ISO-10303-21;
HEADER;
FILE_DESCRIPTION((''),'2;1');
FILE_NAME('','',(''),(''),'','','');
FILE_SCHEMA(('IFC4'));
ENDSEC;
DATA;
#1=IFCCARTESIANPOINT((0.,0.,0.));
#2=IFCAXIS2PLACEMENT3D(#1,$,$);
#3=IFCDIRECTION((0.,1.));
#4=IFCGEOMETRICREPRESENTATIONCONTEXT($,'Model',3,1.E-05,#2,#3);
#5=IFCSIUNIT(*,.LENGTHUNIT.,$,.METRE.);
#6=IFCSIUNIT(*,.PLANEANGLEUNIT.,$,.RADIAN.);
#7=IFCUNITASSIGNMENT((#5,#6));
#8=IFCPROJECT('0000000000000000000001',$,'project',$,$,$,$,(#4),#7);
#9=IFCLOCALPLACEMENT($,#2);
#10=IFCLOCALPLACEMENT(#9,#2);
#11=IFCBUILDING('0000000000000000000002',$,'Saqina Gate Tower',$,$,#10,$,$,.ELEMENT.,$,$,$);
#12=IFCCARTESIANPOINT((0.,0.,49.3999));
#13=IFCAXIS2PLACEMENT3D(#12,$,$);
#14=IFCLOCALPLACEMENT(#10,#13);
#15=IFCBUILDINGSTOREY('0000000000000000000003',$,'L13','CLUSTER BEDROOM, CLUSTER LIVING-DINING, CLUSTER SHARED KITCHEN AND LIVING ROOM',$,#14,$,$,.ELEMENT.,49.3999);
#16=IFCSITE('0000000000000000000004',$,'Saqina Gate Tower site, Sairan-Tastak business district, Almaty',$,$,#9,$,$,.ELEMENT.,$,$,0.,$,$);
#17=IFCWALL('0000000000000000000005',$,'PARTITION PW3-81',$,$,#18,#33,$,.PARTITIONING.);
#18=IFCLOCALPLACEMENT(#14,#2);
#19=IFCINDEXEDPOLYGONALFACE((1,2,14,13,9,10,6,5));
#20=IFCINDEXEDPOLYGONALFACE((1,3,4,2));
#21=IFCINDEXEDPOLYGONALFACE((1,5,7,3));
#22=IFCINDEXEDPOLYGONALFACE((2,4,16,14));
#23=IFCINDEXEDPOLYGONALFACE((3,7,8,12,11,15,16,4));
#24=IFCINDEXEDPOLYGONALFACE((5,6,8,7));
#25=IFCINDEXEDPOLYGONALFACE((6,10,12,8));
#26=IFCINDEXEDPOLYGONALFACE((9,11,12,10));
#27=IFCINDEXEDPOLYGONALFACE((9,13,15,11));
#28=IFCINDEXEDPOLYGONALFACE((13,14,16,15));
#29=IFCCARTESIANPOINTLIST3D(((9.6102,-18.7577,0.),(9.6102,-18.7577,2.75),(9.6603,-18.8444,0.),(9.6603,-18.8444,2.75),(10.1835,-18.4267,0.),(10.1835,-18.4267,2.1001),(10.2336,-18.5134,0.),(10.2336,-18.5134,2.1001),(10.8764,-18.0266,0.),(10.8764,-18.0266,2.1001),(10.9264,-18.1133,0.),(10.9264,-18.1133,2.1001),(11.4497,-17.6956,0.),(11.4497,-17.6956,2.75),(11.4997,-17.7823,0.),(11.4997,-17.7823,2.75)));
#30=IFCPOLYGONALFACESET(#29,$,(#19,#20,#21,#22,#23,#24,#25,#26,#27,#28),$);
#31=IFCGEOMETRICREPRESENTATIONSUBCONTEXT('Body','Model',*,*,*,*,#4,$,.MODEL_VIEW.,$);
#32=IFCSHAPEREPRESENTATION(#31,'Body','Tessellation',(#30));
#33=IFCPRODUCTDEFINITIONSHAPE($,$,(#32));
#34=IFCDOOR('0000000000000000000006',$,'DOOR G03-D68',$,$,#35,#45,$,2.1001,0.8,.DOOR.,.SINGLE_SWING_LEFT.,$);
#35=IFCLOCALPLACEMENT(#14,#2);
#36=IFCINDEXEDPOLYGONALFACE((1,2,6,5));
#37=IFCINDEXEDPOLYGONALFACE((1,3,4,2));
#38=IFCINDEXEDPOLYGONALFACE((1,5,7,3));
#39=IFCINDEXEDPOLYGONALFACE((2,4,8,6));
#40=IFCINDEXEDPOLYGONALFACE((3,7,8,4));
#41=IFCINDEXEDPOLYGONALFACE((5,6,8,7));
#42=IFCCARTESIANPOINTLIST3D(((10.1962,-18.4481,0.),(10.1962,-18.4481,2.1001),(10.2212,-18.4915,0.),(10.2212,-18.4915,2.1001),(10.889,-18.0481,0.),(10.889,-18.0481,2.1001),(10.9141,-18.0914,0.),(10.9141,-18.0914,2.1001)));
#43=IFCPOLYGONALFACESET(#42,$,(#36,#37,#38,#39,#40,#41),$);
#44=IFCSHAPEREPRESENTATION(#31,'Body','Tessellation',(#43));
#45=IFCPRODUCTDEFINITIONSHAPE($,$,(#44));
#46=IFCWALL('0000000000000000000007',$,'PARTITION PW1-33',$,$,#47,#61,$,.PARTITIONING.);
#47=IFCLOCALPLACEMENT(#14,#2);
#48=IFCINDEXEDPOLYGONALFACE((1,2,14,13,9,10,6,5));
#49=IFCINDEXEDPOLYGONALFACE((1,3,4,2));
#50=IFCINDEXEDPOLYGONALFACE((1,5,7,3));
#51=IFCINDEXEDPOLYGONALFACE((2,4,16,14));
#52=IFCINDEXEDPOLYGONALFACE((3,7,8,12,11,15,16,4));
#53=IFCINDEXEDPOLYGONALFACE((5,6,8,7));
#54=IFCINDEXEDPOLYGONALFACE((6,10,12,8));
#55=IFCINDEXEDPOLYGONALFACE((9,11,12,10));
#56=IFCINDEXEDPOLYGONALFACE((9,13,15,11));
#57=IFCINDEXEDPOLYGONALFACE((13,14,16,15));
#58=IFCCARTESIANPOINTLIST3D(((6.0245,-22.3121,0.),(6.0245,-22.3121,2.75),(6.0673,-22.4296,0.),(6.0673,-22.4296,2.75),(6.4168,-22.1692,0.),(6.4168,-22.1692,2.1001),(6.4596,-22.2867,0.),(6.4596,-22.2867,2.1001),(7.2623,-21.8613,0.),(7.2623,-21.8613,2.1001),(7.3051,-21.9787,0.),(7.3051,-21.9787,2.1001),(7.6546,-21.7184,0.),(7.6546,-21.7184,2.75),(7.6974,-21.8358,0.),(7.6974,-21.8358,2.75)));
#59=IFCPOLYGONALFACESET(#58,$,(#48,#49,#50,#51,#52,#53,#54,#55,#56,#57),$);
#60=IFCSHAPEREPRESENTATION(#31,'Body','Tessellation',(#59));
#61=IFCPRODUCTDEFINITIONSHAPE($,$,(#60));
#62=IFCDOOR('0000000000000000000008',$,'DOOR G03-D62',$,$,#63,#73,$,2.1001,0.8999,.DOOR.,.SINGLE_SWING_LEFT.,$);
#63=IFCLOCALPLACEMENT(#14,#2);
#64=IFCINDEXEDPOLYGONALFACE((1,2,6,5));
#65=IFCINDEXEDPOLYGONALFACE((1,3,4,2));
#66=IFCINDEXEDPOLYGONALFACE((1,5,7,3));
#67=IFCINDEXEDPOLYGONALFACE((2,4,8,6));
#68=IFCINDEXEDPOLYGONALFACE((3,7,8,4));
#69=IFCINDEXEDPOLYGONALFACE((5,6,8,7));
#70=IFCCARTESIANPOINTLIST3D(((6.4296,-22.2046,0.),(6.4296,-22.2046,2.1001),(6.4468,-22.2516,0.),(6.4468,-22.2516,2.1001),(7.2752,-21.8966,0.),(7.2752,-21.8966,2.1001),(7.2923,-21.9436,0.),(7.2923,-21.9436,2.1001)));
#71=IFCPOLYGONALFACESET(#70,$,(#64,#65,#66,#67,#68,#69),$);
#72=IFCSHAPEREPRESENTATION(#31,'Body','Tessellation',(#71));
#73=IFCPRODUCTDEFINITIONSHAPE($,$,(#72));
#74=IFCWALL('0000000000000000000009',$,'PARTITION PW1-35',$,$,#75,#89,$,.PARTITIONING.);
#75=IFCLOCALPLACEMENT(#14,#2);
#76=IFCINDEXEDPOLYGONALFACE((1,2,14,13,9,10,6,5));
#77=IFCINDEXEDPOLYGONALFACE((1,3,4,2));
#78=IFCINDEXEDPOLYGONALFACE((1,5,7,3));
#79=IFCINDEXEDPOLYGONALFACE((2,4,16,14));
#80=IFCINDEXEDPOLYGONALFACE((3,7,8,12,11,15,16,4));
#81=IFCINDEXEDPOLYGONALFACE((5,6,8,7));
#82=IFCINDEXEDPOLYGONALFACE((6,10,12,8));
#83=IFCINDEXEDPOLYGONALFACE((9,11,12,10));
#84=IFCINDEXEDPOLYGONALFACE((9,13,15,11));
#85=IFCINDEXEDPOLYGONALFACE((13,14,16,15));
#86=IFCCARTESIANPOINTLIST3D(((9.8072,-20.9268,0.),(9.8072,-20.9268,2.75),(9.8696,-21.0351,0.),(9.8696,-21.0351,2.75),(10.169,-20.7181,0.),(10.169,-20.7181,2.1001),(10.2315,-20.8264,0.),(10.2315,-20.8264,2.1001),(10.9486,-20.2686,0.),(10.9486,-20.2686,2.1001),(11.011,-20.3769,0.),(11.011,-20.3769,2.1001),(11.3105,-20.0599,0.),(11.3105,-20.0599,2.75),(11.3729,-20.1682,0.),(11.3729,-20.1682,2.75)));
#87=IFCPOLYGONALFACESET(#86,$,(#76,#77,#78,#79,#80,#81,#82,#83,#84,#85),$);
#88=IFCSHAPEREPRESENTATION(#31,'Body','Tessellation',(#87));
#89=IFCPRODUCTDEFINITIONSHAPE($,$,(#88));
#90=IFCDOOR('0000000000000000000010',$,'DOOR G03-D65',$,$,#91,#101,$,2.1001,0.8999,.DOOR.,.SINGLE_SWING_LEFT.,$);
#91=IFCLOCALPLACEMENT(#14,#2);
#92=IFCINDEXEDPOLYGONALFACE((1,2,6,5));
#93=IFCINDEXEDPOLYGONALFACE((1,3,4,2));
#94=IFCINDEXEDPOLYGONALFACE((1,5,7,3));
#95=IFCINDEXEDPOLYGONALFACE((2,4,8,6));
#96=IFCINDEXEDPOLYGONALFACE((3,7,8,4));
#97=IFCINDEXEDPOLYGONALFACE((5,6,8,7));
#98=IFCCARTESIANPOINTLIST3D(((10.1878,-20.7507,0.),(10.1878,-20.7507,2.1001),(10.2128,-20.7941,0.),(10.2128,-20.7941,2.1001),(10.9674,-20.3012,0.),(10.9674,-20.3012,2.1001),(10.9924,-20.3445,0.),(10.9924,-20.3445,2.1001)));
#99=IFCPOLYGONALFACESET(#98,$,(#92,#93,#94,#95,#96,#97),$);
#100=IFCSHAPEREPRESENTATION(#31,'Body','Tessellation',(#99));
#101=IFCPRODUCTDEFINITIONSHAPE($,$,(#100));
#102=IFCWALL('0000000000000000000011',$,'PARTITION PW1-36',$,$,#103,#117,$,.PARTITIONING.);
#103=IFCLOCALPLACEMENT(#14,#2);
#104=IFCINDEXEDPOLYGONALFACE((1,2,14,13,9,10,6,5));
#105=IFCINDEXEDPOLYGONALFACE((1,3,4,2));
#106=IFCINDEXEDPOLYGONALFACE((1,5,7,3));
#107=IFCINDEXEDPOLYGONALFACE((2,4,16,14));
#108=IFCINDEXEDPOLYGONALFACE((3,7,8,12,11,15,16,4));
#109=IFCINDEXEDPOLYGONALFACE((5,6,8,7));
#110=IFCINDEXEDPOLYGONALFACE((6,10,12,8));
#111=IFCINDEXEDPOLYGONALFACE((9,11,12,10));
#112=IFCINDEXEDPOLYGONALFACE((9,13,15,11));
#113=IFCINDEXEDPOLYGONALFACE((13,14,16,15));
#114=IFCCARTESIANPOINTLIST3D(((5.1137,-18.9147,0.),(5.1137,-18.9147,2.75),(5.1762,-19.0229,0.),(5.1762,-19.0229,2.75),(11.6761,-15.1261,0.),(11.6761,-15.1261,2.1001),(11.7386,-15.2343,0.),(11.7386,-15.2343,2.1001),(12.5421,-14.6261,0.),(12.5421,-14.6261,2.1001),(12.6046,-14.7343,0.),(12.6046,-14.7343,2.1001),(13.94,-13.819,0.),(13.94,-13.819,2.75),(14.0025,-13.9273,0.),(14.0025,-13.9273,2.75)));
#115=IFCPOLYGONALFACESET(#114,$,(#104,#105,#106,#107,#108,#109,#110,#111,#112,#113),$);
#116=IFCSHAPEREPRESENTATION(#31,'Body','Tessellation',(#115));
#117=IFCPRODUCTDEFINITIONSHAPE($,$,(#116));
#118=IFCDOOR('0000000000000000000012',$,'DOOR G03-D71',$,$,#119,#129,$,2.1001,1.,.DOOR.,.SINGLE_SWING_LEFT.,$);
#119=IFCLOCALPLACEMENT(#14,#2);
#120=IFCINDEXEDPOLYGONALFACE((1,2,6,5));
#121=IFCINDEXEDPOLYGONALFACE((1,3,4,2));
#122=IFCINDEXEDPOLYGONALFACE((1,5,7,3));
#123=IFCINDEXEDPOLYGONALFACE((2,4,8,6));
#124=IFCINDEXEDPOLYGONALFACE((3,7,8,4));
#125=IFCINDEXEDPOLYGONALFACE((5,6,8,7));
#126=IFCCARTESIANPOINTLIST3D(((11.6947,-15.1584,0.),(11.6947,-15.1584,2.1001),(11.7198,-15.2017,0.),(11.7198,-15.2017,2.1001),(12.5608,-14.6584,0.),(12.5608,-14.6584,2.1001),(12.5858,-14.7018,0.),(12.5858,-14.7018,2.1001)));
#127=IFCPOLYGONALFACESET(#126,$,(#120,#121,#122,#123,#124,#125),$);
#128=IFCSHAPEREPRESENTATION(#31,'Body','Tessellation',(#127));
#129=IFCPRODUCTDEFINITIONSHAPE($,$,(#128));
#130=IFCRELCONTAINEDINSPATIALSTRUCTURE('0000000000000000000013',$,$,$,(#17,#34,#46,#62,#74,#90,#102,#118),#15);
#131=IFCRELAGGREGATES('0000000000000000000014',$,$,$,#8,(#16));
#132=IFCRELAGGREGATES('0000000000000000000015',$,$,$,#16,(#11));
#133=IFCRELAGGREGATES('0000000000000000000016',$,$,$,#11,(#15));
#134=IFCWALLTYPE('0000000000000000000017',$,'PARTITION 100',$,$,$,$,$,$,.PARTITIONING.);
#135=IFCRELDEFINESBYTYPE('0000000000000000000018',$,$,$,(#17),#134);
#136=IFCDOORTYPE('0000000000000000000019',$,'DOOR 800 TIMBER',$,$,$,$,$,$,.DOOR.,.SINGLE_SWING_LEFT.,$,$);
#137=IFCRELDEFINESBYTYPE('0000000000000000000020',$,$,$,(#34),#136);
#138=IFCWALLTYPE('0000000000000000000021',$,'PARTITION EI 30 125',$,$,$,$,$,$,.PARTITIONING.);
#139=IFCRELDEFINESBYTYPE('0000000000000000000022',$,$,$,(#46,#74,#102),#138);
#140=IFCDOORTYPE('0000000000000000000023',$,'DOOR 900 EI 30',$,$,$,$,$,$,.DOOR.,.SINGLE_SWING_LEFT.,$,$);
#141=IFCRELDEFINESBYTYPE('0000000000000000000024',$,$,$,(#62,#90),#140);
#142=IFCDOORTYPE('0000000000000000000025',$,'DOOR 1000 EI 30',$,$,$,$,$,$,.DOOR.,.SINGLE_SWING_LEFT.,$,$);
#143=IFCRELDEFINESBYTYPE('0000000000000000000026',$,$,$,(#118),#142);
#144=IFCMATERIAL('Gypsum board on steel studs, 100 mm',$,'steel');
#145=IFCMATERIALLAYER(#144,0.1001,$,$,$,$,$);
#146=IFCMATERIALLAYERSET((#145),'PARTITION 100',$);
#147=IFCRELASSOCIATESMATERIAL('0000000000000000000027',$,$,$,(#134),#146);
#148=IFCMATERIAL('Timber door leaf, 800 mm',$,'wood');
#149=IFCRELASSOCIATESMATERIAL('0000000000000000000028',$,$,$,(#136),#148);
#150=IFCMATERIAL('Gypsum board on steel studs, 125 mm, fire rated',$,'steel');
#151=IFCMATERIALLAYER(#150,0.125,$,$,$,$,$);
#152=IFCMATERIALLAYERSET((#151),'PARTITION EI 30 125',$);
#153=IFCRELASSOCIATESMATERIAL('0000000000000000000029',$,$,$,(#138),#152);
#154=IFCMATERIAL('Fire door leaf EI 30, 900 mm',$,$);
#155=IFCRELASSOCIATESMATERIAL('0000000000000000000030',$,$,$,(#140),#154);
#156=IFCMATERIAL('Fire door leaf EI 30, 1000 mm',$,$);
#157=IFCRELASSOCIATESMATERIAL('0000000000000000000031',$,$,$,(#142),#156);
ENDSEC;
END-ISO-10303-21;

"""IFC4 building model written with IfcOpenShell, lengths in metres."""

from ifc_helpers import new_model, si_unit, direction, frame, frame_2d, origin, place, context, subcontext, project, spatial, rectangle, extrude, material, layer, layer_set, type_object, element, fill, save


model = new_model("IFC4")

# Units and contexts
model_context = context("Model", 3, precision=1e-05, world=origin(), true_north=direction((0.0, 1.0)))
body_context = subcontext(model_context, "Body", "Model", "MODEL_VIEW")
ifc_project = project(units=[si_unit("LENGTHUNIT", "METRE"), si_unit("PLANEANGLEUNIT", "RADIAN")], contexts=[model_context])

# Site, building, storey
site_placement = place(None, origin())
site = spatial("IfcSite", under=ifc_project, at=site_placement, Name="Saqina Gate Tower site, Sairan-Tastak business district, Almaty", CompositionType="ELEMENT", RefElevation=0.0)
building_placement = place(site_placement, origin())
building = spatial("IfcBuilding", under=site, at=building_placement, Name="Saqina Gate Tower", CompositionType="ELEMENT")
storey_placement = place(building_placement, frame((0.0, 0.0, 49.3999)))
storey = spatial("IfcBuildingStorey", under=building, at=storey_placement, Name="L13", Description="CLUSTER BEDROOM, CLUSTER LIVING-DINING, CLUSTER SHARED KITCHEN AND LIVING ROOM", CompositionType="ELEMENT", Elevation=49.3999)

# Shared definitions
ifc_material_1 = material(Name="Gypsum board on steel studs, 100 mm", Category="steel")
ifc_layer_1 = layer(ifc_material_1, 0.1001)
ifc_layer_set_1 = layer_set([ifc_layer_1], Name="PARTITION 100")
wall_type_1 = type_object("IfcWallType", Name="PARTITION 100", PredefinedType="PARTITIONING", material=ifc_layer_set_1)

# Shared definitions
ifc_material_2 = material(Name="Timber door leaf, 800 mm", Category="wood")
door_type_1 = type_object("IfcDoorType", Name="DOOR 800 TIMBER", OperationType="SINGLE_SWING_LEFT", PredefinedType="DOOR", material=ifc_material_2)

# Walls, openings, doors
wall_1_placement = place(storey_placement, frame((9.6353, -18.801, 0.0), z_axis=(0.0, 0.0, 1.0), x_axis=(0.866013, 0.500021, 0.0)))
wall_1 = element("IfcWall", 1, at=wall_1_placement, inside=storey, type_object=wall_type_1, Name="PARTITION PW3-81", PredefinedType="PARTITIONING", context=body_context, shape_type="SweptSolid", body=[
    extrude(rectangle(XDim=2.124, YDim=0.1001, at=frame_2d((1.062, 0.0))), origin(), (0.0, 0.0, 1.0), 2.75),
])
opening_1_placement = place(wall_1_placement, frame((0.6621, 0.0, 0.0)))
opening_1 = element("IfcOpeningElement", 2, at=opening_1_placement, cuts=wall_1, PredefinedType="OPENING", context=body_context, shape_type="SweptSolid", body=[
    extrude(rectangle(XDim=0.8, YDim=2.1001, at=frame_2d((0.3999, 1.05))), frame((0.0, 0.062, 0.0), z_axis=(0.0, -1.0, 0.0), x_axis=(1.0, 0.0, 0.0)), (0.0, 0.0, 1.0), 0.124),
])
door_1_placement = place(opening_1_placement, frame((0.8, 0.0, 0.0), z_axis=(0.0, 0.0, 1.0), x_axis=(-1.0, 0.0, 0.0)))
door_1 = element("IfcDoor", 3, at=door_1_placement, inside=storey, type_object=door_type_1, Name="DOOR G03-D68", OperationType="SINGLE_SWING_LEFT", OverallHeight=2.1001, OverallWidth=0.8, PredefinedType="DOOR", context=body_context, shape_type="SweptSolid", body=[
    extrude(rectangle(XDim=0.8, YDim=2.1001, at=frame_2d((0.3999, 1.05))), frame((0.0, 0.0249, 0.0), z_axis=(0.0, -1.0, 0.0), x_axis=(1.0, 0.0, 0.0)), (0.0, 0.0, 1.0), 0.05),
])
fill(opening_1, door_1)
ifc_material_3 = material(Name="Gypsum board on steel studs, 125 mm, fire rated", Category="steel")
ifc_layer_2 = layer(ifc_material_3, 0.125)
ifc_layer_set_2 = layer_set([ifc_layer_2], Name="PARTITION EI 30 125")
wall_type_2 = type_object("IfcWallType", Name="PARTITION EI 30 125", PredefinedType="PARTITIONING", material=ifc_layer_set_2)
wall_2_placement = place(storey_placement, frame((6.0459, -22.3708, 0.0), z_axis=(0.0, 0.0, 1.0), x_axis=(0.939613, 0.34224, 0.0)))
wall_2 = element("IfcWall", 4, at=wall_2_placement, inside=storey, type_object=wall_type_2, Name="PARTITION PW1-33", PredefinedType="PARTITIONING", context=body_context, shape_type="SweptSolid", body=[
    extrude(rectangle(XDim=1.7349, YDim=0.125, at=frame_2d((0.8674, 0.0))), origin(), (0.0, 0.0, 1.0), 2.75),
])
opening_2_placement = place(wall_2_placement, frame((0.4175, 0.0, 0.0)))
opening_2 = element("IfcOpeningElement", 5, at=opening_2_placement, cuts=wall_2, PredefinedType="OPENING", context=body_context, shape_type="SweptSolid", body=[
    extrude(rectangle(XDim=0.8999, YDim=2.1001, at=frame_2d((0.45, 1.05))), frame((0.0, 0.0745, 0.0), z_axis=(0.0, -1.0, 0.0), x_axis=(1.0, 0.0, 0.0)), (0.0, 0.0, 1.0), 0.1489),
])
ifc_material_4 = material(Name="Fire door leaf EI 30, 900 mm")
door_type_2 = type_object("IfcDoorType", Name="DOOR 900 EI 30", OperationType="SINGLE_SWING_LEFT", PredefinedType="DOOR", material=ifc_material_4)
door_2_placement = place(opening_2_placement, origin())
door_2 = element("IfcDoor", 6, at=door_2_placement, inside=storey, type_object=door_type_2, Name="DOOR G03-D62", OperationType="SINGLE_SWING_LEFT", OverallHeight=2.1001, OverallWidth=0.8999, PredefinedType="DOOR", context=body_context, shape_type="SweptSolid", body=[
    extrude(rectangle(XDim=0.8999, YDim=2.1001, at=frame_2d((0.45, 1.05))), frame((0.0, 0.0249, 0.0), z_axis=(0.0, -1.0, 0.0), x_axis=(1.0, 0.0, 0.0)), (0.0, 0.0, 1.0), 0.05),
])
fill(opening_2, door_2)
wall_3_placement = place(storey_placement, frame((9.8384, -20.981, 0.0), z_axis=(0.0, 0.0, 1.0), x_axis=(0.866289, 0.499544, 0.0)))
wall_3 = element("IfcWall", 7, at=wall_3_placement, inside=storey, type_object=wall_type_2, Name="PARTITION PW1-35", PredefinedType="PARTITIONING", context=body_context, shape_type="SweptSolid", body=[
    extrude(rectangle(XDim=1.7354, YDim=0.125, at=frame_2d((0.8677, 0.0))), origin(), (0.0, 0.0, 1.0), 2.75),
])
opening_3_placement = place(wall_3_placement, frame((0.4177, 0.0, 0.0)))
opening_3 = element("IfcOpeningElement", 8, at=opening_3_placement, cuts=wall_3, PredefinedType="OPENING", context=body_context, shape_type="SweptSolid", body=[
    extrude(rectangle(XDim=0.8999, YDim=2.1001, at=frame_2d((0.45, 1.05))), frame((0.0, 0.0745, 0.0), z_axis=(0.0, -1.0, 0.0), x_axis=(1.0, 0.0, 0.0)), (0.0, 0.0, 1.0), 0.1489),
])
door_3_placement = place(opening_3_placement, origin())
door_3 = element("IfcDoor", 9, at=door_3_placement, inside=storey, type_object=door_type_2, Name="DOOR G03-D65", OperationType="SINGLE_SWING_LEFT", OverallHeight=2.1001, OverallWidth=0.8999, PredefinedType="DOOR", context=body_context, shape_type="SweptSolid", body=[
    extrude(rectangle(XDim=0.8999, YDim=2.1001, at=frame_2d((0.45, 1.05))), frame((0.0, 0.0249, 0.0), z_axis=(0.0, -1.0, 0.0), x_axis=(1.0, 0.0, 0.0)), (0.0, 0.0, 1.0), 0.05),
])
fill(opening_3, door_3)
wall_4_placement = place(storey_placement, frame((5.145, -18.9688, 0.0), z_axis=(0.0, 0.0, 1.0), x_axis=(0.866035, 0.499983, 0.0)))
wall_4 = element("IfcWall", 10, at=wall_4_placement, inside=storey, type_object=wall_type_2, Name="PARTITION PW1-36", PredefinedType="PARTITIONING", context=body_context, shape_type="SweptSolid", body=[
    extrude(rectangle(XDim=10.1917, YDim=0.125, at=frame_2d((5.0957, 0.0))), origin(), (0.0, 0.0, 1.0), 2.75),
])
opening_4_placement = place(wall_4_placement, frame((7.5774, 0.0, 0.0)))
opening_4 = element("IfcOpeningElement", 11, at=opening_4_placement, cuts=wall_4, PredefinedType="OPENING", context=body_context, shape_type="SweptSolid", body=[
    extrude(rectangle(XDim=1.0, YDim=2.1001, at=frame_2d((0.5, 1.05))), frame((0.0, 0.0745, 0.0), z_axis=(0.0, -1.0, 0.0), x_axis=(1.0, 0.0, 0.0)), (0.0, 0.0, 1.0), 0.1489),
])
ifc_material_5 = material(Name="Fire door leaf EI 30, 1000 mm")
door_type_3 = type_object("IfcDoorType", Name="DOOR 1000 EI 30", OperationType="SINGLE_SWING_LEFT", PredefinedType="DOOR", material=ifc_material_5)
door_4_placement = place(opening_4_placement, frame((1.0, 0.0, 0.0), z_axis=(0.0, 0.0, 1.0), x_axis=(-1.0, 0.0, 0.0)))
door_4 = element("IfcDoor", 12, at=door_4_placement, inside=storey, type_object=door_type_3, Name="DOOR G03-D71", OperationType="SINGLE_SWING_LEFT", OverallHeight=2.1001, OverallWidth=1.0, PredefinedType="DOOR", context=body_context, shape_type="SweptSolid", body=[
    extrude(rectangle(XDim=1.0, YDim=2.1001, at=frame_2d((0.5, 1.05))), frame((0.0, 0.0249, 0.0), z_axis=(0.0, -1.0, 0.0), x_axis=(1.0, 0.0, 0.0)), (0.0, 0.0, 1.0), 0.05),
])
fill(opening_4, door_4)

save(model, "model.ifc")
